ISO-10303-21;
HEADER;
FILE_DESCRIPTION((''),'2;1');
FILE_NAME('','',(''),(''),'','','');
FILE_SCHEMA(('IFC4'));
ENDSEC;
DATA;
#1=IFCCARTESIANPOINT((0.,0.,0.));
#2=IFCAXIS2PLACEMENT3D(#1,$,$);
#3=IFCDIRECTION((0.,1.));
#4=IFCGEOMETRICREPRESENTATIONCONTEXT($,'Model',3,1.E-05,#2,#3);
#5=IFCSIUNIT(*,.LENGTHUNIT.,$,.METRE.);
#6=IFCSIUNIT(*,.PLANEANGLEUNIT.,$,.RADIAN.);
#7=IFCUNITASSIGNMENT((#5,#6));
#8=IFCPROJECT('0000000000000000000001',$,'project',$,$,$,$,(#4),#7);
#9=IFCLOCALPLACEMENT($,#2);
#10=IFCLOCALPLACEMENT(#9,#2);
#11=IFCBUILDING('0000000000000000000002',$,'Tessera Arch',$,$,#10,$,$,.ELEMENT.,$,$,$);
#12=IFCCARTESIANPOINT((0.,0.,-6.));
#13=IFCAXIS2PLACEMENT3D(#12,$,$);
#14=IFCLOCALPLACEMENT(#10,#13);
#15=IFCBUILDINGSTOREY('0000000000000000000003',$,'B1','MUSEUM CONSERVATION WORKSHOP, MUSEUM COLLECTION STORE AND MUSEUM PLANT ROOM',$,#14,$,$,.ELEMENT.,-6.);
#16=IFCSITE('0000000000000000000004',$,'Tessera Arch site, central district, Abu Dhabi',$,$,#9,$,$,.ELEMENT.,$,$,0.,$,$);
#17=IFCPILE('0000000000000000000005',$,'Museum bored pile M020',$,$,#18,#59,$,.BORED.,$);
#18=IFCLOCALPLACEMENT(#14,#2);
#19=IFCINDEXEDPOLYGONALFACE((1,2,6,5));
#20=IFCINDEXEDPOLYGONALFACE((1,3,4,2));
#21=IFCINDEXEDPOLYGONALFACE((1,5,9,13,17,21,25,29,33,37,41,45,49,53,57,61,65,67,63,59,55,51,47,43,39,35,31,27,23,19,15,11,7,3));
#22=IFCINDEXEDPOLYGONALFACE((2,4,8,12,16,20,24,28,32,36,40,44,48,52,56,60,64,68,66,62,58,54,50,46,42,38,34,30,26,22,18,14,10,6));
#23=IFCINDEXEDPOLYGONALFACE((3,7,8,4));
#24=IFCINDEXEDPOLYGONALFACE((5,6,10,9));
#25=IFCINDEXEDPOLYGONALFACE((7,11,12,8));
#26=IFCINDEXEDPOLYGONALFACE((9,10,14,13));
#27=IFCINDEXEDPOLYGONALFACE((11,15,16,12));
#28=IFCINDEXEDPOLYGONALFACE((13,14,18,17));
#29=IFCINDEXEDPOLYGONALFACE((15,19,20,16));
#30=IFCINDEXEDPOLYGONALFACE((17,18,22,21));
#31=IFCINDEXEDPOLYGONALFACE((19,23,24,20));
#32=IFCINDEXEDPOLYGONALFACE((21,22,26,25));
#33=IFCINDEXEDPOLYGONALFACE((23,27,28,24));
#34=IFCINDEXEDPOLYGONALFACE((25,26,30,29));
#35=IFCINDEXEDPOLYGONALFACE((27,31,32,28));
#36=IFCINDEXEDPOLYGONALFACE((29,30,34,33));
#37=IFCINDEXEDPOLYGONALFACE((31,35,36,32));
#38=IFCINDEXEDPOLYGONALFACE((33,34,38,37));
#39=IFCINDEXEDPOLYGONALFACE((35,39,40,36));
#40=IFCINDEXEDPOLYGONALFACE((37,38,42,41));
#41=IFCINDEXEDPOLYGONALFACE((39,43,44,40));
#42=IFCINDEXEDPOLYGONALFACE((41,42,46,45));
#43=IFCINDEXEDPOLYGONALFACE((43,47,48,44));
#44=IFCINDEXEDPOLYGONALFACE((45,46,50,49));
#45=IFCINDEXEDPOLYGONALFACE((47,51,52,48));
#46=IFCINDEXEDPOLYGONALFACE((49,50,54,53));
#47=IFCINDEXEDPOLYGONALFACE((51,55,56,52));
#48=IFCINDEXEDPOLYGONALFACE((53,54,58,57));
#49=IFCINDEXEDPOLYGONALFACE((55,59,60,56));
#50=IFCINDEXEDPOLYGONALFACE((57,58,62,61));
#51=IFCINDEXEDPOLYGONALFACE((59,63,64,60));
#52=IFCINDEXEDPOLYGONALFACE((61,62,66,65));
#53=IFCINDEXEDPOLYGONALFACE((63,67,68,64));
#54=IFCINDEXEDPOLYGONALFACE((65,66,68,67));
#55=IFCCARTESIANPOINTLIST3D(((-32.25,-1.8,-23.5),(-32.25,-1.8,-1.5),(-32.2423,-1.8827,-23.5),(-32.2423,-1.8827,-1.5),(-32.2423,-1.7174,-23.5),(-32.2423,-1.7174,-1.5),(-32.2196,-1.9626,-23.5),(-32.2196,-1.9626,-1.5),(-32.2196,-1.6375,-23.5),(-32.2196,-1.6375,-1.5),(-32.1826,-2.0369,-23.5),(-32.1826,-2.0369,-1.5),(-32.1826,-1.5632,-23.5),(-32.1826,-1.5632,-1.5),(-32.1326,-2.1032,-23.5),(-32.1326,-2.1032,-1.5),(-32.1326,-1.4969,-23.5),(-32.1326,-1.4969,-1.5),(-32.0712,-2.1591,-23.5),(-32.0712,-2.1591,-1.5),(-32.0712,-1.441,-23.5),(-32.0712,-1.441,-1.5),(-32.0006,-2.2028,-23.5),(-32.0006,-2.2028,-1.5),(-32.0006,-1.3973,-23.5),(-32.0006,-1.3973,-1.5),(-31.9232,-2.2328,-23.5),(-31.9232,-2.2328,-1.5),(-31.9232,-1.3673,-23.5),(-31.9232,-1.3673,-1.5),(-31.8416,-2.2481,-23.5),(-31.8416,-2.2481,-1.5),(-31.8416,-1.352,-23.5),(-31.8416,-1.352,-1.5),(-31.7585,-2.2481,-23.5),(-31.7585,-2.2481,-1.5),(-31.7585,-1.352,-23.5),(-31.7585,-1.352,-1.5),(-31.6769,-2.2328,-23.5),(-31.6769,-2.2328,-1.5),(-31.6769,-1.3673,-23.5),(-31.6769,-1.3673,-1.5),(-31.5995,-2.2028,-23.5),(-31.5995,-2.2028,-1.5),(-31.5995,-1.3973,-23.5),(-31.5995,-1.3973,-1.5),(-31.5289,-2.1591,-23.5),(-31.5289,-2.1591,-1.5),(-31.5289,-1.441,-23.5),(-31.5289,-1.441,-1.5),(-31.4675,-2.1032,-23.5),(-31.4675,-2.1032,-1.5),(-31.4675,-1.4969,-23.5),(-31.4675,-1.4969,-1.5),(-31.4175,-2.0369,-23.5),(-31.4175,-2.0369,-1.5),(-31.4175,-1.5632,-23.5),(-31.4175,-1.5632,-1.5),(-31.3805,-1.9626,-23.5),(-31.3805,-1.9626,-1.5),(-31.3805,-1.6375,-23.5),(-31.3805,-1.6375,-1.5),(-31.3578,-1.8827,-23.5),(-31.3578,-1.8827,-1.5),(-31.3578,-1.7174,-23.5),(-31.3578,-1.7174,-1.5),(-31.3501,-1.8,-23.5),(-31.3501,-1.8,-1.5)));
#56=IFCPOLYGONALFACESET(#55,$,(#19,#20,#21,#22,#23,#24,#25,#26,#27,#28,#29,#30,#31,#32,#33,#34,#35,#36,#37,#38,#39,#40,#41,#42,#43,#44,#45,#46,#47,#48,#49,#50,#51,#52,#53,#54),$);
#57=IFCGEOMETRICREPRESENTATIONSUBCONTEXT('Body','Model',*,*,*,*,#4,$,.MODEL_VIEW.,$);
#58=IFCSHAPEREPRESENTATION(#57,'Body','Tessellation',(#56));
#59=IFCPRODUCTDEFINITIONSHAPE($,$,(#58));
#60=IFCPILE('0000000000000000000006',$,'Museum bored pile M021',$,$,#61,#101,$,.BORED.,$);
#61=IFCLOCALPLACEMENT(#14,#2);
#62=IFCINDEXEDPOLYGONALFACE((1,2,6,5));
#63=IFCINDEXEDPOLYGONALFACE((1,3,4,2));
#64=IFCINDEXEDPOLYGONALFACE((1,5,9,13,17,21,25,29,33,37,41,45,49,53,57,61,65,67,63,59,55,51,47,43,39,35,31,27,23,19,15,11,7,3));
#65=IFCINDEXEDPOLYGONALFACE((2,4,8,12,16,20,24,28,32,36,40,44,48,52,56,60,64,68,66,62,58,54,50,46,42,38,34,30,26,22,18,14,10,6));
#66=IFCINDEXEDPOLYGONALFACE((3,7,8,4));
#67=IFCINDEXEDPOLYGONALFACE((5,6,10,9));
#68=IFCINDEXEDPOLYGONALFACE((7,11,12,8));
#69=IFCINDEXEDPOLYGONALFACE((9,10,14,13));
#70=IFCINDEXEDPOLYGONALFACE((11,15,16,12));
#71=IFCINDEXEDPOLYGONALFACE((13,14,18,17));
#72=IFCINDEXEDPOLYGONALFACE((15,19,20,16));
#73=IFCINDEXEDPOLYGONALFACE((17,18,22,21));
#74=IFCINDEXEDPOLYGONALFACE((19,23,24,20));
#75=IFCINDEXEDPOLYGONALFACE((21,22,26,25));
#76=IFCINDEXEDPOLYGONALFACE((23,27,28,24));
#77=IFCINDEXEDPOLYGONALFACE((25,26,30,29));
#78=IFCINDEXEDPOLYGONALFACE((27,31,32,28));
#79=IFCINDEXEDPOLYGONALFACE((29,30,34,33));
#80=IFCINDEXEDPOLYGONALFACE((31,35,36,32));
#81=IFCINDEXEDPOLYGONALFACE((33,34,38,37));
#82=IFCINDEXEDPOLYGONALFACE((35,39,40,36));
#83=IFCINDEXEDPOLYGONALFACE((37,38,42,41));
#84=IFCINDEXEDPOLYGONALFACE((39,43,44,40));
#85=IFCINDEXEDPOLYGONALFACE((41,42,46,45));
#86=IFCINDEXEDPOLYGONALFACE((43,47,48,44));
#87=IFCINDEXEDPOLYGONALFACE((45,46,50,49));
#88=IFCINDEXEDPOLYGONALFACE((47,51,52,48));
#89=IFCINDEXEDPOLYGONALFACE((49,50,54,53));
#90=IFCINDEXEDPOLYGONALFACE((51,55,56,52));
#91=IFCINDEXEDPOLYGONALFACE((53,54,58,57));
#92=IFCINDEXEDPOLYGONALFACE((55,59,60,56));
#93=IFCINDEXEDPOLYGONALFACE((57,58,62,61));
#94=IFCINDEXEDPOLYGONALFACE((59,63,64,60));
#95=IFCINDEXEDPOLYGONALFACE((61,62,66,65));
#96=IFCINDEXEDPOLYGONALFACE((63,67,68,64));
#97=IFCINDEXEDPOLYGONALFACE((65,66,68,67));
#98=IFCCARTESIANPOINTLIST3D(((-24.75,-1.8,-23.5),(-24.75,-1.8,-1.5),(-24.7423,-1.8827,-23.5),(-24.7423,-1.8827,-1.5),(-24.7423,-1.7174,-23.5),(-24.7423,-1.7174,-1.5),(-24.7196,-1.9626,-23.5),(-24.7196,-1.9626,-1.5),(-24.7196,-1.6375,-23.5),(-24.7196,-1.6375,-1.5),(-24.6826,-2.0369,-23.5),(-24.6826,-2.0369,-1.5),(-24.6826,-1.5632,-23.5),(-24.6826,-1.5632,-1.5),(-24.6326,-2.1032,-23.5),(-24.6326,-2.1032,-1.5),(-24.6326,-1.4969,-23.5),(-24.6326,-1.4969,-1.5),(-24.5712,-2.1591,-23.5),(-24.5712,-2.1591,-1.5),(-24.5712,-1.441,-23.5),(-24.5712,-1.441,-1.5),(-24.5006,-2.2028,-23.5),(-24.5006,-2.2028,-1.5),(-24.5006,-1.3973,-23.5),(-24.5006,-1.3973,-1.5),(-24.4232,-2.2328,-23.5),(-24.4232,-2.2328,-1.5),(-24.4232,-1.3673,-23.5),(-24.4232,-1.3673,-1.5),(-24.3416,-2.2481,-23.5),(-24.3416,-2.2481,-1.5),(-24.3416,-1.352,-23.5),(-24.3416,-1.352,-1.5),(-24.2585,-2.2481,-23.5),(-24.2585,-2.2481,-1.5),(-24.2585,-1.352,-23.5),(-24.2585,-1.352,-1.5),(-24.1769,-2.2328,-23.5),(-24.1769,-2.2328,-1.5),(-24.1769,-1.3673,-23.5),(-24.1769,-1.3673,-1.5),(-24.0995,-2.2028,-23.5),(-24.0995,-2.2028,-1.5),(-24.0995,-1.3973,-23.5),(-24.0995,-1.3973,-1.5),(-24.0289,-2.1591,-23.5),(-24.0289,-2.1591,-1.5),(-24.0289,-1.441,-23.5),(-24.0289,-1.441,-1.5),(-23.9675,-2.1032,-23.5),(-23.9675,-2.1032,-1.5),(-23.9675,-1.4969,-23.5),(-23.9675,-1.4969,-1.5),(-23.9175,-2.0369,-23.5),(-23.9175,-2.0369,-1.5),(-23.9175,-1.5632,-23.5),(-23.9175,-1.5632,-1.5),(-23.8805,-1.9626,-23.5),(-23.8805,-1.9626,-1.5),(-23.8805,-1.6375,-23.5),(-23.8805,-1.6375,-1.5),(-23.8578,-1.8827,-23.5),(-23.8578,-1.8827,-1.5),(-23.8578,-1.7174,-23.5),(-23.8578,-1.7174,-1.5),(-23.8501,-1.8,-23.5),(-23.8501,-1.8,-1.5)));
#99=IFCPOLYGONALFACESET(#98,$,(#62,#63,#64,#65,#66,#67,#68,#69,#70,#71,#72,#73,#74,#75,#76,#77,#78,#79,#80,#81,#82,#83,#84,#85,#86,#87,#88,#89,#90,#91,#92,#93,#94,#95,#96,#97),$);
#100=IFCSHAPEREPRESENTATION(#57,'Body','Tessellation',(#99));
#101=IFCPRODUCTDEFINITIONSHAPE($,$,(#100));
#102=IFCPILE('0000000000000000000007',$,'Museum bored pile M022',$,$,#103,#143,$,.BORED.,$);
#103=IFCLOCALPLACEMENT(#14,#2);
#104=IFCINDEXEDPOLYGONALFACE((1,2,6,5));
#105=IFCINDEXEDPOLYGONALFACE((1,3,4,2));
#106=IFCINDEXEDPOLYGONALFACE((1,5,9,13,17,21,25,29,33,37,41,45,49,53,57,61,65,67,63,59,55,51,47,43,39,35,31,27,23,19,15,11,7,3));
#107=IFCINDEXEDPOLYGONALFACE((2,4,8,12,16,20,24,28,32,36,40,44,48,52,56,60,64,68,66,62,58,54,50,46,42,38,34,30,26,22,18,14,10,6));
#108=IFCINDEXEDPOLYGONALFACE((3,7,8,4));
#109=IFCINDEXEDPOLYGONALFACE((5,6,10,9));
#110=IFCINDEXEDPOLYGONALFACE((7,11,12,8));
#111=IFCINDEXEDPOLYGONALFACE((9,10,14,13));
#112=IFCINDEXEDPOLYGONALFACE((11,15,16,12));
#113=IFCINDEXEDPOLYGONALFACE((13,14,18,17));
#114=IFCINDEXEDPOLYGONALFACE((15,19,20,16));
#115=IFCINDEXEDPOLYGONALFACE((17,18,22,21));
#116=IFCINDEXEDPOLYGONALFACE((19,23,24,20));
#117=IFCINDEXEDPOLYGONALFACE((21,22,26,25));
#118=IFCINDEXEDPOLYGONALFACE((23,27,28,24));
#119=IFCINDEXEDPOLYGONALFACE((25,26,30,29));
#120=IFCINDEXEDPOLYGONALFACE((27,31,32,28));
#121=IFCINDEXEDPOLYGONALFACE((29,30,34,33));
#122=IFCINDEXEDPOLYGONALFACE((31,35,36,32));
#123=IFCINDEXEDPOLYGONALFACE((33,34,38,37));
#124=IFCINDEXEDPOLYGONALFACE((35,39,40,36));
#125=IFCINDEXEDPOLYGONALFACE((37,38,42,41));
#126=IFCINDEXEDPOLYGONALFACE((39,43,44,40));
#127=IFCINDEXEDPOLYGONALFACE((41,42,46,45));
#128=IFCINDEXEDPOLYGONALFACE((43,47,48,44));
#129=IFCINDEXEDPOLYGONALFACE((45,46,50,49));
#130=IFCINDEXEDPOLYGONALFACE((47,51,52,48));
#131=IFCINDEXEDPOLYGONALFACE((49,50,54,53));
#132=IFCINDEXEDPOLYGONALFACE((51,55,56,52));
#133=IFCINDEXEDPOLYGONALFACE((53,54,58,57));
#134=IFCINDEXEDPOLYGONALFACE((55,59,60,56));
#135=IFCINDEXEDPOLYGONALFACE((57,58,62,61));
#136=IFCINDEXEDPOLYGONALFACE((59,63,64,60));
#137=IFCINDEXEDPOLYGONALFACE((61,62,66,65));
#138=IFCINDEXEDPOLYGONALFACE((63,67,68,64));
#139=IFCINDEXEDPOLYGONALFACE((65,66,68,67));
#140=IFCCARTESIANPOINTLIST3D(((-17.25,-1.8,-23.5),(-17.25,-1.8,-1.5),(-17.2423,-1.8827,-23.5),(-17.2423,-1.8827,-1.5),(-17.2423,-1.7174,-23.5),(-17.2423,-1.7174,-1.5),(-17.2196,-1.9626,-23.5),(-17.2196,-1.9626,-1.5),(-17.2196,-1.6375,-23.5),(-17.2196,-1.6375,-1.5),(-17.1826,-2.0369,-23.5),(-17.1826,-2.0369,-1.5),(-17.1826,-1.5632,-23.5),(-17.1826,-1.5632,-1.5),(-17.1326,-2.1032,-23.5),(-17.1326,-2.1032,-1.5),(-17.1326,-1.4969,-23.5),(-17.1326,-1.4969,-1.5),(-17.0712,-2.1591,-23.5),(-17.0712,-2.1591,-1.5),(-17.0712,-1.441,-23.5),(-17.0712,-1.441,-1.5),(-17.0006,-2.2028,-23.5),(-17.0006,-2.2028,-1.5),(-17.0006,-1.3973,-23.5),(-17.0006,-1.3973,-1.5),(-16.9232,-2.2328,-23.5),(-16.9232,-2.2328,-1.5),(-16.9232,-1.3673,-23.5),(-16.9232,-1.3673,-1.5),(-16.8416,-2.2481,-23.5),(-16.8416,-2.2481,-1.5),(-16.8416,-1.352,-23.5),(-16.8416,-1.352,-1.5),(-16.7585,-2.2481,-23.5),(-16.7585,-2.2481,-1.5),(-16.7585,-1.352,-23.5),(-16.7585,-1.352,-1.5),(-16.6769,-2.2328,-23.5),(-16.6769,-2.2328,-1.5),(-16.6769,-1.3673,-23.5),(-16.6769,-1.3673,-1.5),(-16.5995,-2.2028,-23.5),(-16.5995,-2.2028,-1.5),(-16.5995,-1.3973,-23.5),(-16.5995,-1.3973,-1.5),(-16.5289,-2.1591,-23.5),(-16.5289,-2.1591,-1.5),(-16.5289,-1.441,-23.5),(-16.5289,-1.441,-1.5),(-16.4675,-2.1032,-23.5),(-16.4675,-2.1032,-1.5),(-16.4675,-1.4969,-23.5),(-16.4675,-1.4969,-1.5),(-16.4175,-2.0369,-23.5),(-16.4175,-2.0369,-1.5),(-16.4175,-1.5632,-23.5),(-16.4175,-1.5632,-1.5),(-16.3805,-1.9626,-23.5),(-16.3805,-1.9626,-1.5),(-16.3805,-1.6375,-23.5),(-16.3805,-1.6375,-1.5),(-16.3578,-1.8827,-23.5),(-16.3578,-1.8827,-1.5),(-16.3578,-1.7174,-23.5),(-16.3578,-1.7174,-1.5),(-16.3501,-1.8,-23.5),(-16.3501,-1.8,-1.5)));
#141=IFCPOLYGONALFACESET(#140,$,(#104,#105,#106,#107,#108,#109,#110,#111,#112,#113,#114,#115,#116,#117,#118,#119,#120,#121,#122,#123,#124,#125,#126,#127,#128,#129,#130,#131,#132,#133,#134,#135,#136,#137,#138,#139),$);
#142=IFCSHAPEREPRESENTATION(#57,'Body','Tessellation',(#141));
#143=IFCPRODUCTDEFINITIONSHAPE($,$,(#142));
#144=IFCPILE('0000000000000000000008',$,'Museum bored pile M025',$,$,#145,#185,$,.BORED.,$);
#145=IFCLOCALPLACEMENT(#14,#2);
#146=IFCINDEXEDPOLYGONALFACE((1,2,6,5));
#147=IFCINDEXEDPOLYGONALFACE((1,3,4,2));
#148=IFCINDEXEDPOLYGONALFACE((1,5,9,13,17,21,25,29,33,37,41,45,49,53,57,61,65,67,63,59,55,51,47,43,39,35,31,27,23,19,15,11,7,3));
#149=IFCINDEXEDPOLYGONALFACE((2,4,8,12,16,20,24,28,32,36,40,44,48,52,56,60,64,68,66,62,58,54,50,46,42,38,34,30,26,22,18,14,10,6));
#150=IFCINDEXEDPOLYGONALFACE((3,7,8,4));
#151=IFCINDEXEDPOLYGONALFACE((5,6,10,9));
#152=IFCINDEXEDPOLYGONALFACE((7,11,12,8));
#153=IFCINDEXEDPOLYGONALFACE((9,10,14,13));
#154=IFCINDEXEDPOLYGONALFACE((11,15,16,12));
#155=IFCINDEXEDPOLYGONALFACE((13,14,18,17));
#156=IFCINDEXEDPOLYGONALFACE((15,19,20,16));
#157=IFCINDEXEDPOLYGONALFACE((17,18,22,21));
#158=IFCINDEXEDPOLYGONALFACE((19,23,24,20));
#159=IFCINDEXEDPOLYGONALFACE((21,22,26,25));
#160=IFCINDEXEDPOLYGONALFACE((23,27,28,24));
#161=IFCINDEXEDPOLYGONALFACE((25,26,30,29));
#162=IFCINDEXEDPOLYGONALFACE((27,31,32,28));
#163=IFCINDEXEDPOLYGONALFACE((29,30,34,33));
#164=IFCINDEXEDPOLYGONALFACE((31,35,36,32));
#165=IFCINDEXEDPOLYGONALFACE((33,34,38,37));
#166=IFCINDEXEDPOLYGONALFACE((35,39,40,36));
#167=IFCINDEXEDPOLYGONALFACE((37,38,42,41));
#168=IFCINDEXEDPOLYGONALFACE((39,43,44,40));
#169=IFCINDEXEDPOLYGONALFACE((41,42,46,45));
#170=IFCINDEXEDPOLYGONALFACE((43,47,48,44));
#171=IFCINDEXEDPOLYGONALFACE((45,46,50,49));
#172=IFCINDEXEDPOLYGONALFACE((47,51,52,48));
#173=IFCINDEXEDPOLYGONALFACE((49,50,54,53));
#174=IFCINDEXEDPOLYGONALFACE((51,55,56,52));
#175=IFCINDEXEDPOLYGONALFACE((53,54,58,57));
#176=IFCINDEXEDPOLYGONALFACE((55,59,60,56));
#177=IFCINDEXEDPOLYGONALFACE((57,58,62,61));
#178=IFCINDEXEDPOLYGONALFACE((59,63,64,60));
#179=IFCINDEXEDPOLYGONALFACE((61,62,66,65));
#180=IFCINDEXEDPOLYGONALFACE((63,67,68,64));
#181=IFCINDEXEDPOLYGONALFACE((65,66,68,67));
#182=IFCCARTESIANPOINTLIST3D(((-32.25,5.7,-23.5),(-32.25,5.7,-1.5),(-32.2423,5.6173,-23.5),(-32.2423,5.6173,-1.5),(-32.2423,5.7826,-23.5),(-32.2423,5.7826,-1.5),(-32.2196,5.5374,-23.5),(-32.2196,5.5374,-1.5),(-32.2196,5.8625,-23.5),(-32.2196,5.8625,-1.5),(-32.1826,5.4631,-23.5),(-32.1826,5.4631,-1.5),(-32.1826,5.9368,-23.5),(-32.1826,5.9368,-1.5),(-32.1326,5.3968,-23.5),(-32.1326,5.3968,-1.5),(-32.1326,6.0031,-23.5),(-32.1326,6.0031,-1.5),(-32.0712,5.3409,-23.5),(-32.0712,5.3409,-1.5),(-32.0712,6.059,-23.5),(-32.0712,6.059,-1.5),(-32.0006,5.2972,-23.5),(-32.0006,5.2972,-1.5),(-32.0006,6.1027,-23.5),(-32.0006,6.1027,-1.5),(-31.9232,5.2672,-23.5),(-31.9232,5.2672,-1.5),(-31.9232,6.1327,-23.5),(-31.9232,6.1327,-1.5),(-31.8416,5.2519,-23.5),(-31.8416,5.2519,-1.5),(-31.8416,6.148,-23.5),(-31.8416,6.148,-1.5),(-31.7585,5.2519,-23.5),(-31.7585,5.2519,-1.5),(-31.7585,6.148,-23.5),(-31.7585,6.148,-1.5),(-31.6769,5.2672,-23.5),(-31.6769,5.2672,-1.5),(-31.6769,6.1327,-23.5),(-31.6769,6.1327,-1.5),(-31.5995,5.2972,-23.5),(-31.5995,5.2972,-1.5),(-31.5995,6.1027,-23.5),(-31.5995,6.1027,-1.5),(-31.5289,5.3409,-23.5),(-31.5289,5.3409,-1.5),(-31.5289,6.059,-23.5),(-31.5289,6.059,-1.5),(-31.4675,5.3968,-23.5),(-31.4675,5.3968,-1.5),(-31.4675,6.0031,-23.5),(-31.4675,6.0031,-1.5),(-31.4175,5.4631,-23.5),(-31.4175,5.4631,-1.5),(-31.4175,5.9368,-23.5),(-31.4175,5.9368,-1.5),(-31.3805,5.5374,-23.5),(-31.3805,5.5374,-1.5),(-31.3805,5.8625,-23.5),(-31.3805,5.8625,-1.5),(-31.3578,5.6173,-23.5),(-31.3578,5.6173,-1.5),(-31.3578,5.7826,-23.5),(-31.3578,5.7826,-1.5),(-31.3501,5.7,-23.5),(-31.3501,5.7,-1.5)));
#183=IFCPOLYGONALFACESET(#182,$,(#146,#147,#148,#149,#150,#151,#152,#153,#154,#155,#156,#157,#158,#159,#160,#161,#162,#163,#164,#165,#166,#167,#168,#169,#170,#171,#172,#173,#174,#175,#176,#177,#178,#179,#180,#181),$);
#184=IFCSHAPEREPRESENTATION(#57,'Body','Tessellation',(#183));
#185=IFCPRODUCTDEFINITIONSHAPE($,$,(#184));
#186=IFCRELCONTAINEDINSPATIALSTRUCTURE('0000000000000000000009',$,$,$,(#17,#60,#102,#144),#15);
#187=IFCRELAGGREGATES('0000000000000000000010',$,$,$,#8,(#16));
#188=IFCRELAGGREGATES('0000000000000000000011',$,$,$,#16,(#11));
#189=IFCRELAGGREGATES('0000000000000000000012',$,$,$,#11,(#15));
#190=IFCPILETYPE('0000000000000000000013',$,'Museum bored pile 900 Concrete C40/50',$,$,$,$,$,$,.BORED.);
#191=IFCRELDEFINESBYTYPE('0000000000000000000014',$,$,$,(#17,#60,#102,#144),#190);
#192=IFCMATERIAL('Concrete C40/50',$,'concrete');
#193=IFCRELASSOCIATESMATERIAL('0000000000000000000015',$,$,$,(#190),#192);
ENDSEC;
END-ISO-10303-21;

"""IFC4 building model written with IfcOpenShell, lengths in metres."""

from ifc_helpers import new_model, si_unit, direction, frame, origin, origin_2d, place, context, subcontext, project, spatial, circle, extrude, material, type_object, element, save


model = new_model("IFC4")

# Units and contexts
model_context = context("Model", 3, precision=1e-05, world=origin(), true_north=direction((0.0, 1.0)))
body_context = subcontext(model_context, "Body", "Model", "MODEL_VIEW")
ifc_project = project(units=[si_unit("LENGTHUNIT", "METRE"), si_unit("PLANEANGLEUNIT", "RADIAN")], contexts=[model_context])

# Site, building, storey
site_placement = place(None, origin())
site = spatial("IfcSite", under=ifc_project, at=site_placement, Name="Tessera Arch site, central district, Abu Dhabi", CompositionType="ELEMENT", RefElevation=0.0)
building_placement = place(site_placement, origin())
building = spatial("IfcBuilding", under=site, at=building_placement, Name="Tessera Arch", CompositionType="ELEMENT")
storey_placement = place(building_placement, frame((0.0, 0.0, -6.0)))
storey = spatial("IfcBuildingStorey", under=building, at=storey_placement, Name="B1", Description="MUSEUM CONSERVATION WORKSHOP, MUSEUM COLLECTION STORE AND MUSEUM PLANT ROOM", CompositionType="ELEMENT", Elevation=-6.0)

# Piles
ifc_material_1 = material(Name="Concrete C40/50", Category="concrete")
pile_type = type_object("IfcPileType", Name="Museum bored pile 900 Concrete C40/50", PredefinedType="BORED", material=ifc_material_1)
for number, where, z_axis, x_axis, name in (
    (1, (-31.8, -1.8, -1.5), (0.0, 0.0, -1.0), (1.0, 0.0, 0.0), "Museum bored pile M020"),
    (2, (-24.3, -1.8, -1.5), (0.0, 0.0, -1.0), (1.0, 0.0, 0.0), "Museum bored pile M021"),
    (3, (-16.8, -1.8, -1.5), (0.0, 0.0, -1.0), (1.0, 0.0, 0.0), "Museum bored pile M022"),
    (4, (-31.8, 5.7, -1.5), (0.0, 0.0, -1.0), (1.0, 0.0, 0.0), "Museum bored pile M025"),
):
    element("IfcPile", number, at=place(storey_placement, frame(where, z_axis=z_axis, x_axis=x_axis)), inside=storey, type_object=pile_type, Name=name, PredefinedType="BORED", context=body_context, shape_type="SweptSolid", body=[
        extrude(circle(Radius=0.45, at=origin_2d()), origin(), (0.0, 0.0, 1.0), 22.0),
    ])

save(model, "model.ifc")
